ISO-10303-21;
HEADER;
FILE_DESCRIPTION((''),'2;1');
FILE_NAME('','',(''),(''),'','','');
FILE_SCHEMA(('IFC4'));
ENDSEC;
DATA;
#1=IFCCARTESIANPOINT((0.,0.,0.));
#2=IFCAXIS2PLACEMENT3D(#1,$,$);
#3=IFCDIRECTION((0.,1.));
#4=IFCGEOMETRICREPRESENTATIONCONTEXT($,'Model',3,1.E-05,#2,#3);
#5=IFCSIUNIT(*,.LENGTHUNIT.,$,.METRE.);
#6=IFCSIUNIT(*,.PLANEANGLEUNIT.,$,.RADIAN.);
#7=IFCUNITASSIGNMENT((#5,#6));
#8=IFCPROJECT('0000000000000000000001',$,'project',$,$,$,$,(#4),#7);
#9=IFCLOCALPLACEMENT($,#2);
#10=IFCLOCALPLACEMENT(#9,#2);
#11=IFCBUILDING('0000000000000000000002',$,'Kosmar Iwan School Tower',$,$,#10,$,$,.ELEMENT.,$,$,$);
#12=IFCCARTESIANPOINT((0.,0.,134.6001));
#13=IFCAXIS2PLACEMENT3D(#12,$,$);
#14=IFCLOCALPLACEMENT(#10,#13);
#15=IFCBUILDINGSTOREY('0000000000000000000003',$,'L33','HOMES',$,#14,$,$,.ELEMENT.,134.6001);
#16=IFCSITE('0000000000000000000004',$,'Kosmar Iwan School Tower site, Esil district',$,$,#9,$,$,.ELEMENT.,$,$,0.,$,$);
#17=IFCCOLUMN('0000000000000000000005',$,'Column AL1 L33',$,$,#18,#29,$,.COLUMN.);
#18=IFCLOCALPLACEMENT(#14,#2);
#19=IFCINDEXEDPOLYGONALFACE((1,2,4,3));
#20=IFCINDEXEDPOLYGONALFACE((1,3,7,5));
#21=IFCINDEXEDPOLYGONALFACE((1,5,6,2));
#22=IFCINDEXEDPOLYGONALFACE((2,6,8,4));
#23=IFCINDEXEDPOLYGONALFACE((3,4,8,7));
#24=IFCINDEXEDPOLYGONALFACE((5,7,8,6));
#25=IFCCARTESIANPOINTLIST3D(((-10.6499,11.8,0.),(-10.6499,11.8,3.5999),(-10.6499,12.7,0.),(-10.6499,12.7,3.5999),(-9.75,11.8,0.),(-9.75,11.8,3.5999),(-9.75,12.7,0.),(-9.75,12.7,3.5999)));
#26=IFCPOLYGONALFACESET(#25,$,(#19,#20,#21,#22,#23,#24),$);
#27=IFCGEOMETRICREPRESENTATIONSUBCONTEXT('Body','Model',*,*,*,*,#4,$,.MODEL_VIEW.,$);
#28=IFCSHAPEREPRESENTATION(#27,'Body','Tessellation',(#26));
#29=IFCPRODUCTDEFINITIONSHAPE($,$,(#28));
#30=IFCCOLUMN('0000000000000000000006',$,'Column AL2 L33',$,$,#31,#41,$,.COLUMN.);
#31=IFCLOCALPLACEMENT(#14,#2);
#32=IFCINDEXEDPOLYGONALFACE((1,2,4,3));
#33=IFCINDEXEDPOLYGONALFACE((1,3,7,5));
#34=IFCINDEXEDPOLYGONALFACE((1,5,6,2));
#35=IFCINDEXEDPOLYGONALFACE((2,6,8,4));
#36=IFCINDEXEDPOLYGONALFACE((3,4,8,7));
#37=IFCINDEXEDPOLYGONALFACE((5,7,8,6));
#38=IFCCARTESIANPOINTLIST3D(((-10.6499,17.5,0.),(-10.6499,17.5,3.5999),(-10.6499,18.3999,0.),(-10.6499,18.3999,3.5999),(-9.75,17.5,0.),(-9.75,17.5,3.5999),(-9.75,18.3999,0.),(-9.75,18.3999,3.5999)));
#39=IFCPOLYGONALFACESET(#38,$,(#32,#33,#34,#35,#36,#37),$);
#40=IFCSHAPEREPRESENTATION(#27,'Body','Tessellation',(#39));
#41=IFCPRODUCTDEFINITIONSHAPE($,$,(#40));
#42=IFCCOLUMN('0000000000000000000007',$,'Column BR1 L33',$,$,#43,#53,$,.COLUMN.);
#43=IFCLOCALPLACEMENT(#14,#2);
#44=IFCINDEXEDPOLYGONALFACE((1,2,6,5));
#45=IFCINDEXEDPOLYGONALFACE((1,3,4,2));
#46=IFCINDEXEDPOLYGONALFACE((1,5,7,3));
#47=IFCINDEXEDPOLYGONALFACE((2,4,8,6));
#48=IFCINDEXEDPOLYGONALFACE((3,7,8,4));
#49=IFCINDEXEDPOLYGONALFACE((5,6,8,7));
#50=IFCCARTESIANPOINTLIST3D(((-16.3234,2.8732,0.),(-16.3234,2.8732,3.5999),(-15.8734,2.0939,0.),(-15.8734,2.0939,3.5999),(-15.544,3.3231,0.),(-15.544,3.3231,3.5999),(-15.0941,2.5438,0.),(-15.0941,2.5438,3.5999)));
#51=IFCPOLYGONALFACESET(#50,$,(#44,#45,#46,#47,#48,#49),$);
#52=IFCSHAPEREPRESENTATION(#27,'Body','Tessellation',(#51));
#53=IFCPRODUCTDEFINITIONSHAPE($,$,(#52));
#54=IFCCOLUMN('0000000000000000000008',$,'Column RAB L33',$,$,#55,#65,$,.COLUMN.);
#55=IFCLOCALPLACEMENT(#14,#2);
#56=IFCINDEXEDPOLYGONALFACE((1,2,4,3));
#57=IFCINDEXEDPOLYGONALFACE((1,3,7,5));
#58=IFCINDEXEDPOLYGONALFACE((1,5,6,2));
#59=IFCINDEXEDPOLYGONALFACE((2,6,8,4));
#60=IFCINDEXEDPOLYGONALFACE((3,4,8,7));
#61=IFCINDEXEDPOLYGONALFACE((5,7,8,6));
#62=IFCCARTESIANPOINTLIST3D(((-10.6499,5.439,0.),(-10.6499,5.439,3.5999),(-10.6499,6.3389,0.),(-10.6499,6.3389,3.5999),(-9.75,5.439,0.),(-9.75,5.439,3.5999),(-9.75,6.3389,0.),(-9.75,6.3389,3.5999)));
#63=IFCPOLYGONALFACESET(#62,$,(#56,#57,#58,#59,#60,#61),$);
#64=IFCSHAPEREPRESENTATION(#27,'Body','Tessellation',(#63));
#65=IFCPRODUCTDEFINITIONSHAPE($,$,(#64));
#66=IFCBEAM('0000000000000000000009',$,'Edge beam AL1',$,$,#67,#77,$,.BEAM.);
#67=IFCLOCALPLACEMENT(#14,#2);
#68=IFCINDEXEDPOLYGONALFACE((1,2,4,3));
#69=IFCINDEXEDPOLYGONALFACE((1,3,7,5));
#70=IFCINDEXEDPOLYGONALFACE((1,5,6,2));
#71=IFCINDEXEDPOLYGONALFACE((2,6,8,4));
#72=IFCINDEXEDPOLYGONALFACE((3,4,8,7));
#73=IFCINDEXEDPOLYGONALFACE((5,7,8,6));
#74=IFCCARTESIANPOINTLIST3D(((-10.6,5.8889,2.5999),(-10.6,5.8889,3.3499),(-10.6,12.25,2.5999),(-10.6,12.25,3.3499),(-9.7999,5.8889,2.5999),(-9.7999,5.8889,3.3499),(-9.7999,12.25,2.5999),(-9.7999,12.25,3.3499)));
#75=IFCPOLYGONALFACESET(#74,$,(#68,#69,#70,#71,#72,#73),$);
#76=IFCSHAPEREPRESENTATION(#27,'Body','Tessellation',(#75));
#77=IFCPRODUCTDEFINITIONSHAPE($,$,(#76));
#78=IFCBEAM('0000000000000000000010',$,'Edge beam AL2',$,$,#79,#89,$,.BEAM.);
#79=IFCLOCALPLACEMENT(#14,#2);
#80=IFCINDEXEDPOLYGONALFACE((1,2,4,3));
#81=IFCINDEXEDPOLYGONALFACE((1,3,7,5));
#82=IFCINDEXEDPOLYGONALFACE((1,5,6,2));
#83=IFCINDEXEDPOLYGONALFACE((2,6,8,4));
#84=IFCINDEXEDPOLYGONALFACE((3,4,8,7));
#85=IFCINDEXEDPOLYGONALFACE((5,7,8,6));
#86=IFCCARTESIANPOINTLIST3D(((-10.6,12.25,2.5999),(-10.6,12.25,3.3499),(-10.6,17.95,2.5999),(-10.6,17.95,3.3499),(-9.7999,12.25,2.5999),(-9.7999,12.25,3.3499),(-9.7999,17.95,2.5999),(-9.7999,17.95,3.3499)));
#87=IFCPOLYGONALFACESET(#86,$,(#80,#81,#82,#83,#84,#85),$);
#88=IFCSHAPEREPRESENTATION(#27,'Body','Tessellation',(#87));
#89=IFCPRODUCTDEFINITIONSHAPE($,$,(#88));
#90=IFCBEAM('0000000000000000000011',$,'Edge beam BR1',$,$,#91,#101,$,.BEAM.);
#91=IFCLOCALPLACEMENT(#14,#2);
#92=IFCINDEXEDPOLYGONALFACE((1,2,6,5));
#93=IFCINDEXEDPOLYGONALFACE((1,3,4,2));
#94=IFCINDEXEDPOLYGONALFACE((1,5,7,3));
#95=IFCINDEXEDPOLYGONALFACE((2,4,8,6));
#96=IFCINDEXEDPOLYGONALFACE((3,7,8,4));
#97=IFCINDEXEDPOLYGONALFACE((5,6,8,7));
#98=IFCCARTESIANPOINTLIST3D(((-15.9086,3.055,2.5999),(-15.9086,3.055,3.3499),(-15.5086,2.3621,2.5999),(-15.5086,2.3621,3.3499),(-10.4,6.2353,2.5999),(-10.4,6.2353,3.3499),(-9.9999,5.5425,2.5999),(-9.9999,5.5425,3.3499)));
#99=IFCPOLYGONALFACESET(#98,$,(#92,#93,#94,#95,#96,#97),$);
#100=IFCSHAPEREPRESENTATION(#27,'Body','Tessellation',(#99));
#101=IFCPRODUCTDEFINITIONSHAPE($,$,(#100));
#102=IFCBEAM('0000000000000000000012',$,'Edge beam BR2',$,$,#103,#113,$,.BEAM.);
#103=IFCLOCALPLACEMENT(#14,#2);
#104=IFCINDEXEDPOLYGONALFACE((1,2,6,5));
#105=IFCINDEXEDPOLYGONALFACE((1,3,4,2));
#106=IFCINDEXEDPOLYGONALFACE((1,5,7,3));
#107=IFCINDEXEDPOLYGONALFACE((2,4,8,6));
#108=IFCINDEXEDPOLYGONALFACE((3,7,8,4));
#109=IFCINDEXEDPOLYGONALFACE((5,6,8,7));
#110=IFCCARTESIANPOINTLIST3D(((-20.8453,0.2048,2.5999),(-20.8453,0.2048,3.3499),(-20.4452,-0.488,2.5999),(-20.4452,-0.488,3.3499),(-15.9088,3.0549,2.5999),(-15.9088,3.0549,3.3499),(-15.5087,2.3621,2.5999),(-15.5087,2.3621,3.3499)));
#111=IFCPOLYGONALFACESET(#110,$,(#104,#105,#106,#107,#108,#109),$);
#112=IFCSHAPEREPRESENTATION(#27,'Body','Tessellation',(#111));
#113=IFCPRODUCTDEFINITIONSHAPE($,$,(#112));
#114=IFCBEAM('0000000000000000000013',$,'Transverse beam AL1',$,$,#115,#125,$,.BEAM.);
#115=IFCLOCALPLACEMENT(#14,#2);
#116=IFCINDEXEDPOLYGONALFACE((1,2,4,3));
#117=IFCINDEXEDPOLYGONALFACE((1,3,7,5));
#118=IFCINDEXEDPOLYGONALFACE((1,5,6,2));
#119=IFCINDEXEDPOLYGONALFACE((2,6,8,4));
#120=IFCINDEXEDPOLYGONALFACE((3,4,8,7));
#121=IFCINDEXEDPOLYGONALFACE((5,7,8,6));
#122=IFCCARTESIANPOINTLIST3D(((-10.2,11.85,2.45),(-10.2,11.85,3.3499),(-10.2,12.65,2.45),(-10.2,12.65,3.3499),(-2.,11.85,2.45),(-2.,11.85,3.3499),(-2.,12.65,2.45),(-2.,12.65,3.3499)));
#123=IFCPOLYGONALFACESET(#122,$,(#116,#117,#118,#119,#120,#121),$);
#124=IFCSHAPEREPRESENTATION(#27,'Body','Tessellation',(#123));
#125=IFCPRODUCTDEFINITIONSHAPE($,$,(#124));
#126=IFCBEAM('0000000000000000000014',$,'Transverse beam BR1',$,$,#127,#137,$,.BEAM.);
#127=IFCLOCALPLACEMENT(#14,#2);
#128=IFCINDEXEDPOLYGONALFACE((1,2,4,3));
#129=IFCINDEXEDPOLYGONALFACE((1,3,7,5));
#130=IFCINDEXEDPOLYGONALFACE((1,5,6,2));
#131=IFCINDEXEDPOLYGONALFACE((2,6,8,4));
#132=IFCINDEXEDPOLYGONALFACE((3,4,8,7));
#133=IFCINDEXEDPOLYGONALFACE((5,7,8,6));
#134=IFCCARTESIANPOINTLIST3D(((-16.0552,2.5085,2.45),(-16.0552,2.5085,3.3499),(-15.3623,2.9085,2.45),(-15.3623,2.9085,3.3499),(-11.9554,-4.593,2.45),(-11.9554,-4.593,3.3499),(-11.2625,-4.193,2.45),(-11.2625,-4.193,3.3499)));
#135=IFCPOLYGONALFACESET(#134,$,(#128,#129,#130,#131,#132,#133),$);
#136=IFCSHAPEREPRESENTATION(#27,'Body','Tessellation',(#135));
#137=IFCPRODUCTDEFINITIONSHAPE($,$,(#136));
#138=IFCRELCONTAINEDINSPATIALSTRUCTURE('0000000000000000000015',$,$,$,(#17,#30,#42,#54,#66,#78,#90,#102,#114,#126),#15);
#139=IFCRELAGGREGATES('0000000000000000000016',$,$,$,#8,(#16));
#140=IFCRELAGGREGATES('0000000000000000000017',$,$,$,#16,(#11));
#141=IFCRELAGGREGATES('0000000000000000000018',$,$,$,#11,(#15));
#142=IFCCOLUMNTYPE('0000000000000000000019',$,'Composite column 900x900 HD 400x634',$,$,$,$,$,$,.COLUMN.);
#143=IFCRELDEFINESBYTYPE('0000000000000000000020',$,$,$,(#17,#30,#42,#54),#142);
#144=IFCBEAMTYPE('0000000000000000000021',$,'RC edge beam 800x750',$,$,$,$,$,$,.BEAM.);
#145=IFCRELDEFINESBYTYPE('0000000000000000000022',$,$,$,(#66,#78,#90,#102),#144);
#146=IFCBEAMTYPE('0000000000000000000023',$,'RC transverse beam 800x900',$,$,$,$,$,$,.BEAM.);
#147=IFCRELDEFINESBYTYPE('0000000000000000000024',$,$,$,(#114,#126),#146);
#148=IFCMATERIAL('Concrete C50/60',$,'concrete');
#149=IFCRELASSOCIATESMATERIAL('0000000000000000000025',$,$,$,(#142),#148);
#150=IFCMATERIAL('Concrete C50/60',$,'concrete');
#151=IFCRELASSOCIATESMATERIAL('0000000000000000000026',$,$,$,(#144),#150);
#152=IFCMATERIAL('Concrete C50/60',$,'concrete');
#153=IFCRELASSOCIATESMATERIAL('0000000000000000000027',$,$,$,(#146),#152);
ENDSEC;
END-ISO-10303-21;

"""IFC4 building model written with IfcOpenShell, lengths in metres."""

from ifc_helpers import new_model, si_unit, direction, frame, origin, origin_2d, place, context, subcontext, project, spatial, rectangle, extrude, material, material_profile, profile_set, type_object, element, save


model = new_model("IFC4")

# Units and contexts
model_context = context("Model", 3, precision=1e-05, world=origin(), true_north=direction((0.0, 1.0)))
body_context = subcontext(model_context, "Body", "Model", "MODEL_VIEW")
ifc_project = project(units=[si_unit("LENGTHUNIT", "METRE"), si_unit("PLANEANGLEUNIT", "RADIAN")], contexts=[model_context])

# Site, building, storey
site_placement = place(None, origin())
site = spatial("IfcSite", under=ifc_project, at=site_placement, Name="Kosmar Iwan School Tower site, Esil district", CompositionType="ELEMENT", RefElevation=0.0)
building_placement = place(site_placement, origin())
building = spatial("IfcBuilding", under=site, at=building_placement, Name="Kosmar Iwan School Tower", CompositionType="ELEMENT")
storey_placement = place(building_placement, frame((0.0, 0.0, 134.6001)))
storey = spatial("IfcBuildingStorey", under=building, at=storey_placement, Name="L33", Description="HOMES", CompositionType="ELEMENT", Elevation=134.6001)

# Columns
ifc_material_1 = material(Name="Concrete C50/60", Category="concrete")
ifc_material_profile_1 = material_profile(ifc_material_1, rectangle(XDim=0.8999, YDim=0.8999, at=origin_2d()), Name="RC 900x900 + HD 400x634")
ifc_profile_set_1 = profile_set([ifc_material_profile_1], Name="Concrete C50/60")
column_type = type_object("IfcColumnType", Name="Composite column 900x900 HD 400x634", PredefinedType="COLUMN", material=ifc_profile_set_1)
for number, where, z_axis, x_axis, name in (
    (1, (-10.2, 12.25, 0.0), (0.0, 0.0, 1.0), (0.0, 1.0, 0.0), "Column AL1 L33"),
    (2, (-10.2, 17.95, 0.0), (0.0, 0.0, 1.0), (0.0, 1.0, 0.0), "Column AL2 L33"),
    (3, (-15.7087, 2.7085, 0.0), (0.0, 0.0, 1.0), (-0.866025, -0.5, 0.0), "Column BR1 L33"),
    (4, (-10.2, 5.8889, 0.0), (0.0, 0.0, 1.0), (1.0, 0.0, 0.0), "Column RAB L33"),
):
    element("IfcColumn", number, at=place(storey_placement, frame(where, z_axis=z_axis, x_axis=x_axis)), inside=storey, type_object=column_type, Name=name, PredefinedType="COLUMN", context=body_context, shape_type="SweptSolid", body=[
        extrude(rectangle(XDim=0.8999, YDim=0.8999, at=origin_2d()), origin(), (0.0, 0.0, 1.0), 3.5999),
    ])

# Beams
ifc_material_2 = material(Name="Concrete C50/60", Category="concrete")
ifc_material_profile_2 = material_profile(ifc_material_2, rectangle(XDim=0.8, YDim=0.75, at=origin_2d()), Name="RC 800x750")
ifc_profile_set_2 = profile_set([ifc_material_profile_2], Name="Concrete C50/60")
beam_type_1 = type_object("IfcBeamType", Name="RC edge beam 800x750", PredefinedType="BEAM", material=ifc_profile_set_2)
beam_1_placement = place(storey_placement, frame((-10.2, 5.8889, 2.9749), z_axis=(0.0, 1.0, 0.0), x_axis=(-1.0, 0.0, 0.0)))
element("IfcBeam", 5, at=beam_1_placement, inside=storey, type_object=beam_type_1, Name="Edge beam AL1", PredefinedType="BEAM", context=body_context, shape_type="SweptSolid", body=[
    extrude(rectangle(XDim=0.8, YDim=0.75, at=origin_2d()), origin(), (0.0, 0.0, 1.0), 6.3611),
])
beam_2_placement = place(storey_placement, frame((-10.2, 12.25, 2.9749), z_axis=(0.0, 1.0, 0.0), x_axis=(-1.0, 0.0, 0.0)))
element("IfcBeam", 6, at=beam_2_placement, inside=storey, type_object=beam_type_1, Name="Edge beam AL2", PredefinedType="BEAM", context=body_context, shape_type="SweptSolid", body=[
    extrude(rectangle(XDim=0.8, YDim=0.75, at=origin_2d()), origin(), (0.0, 0.0, 1.0), 5.7),
])
beam_3_placement = place(storey_placement, frame((-10.2, 5.8889, 2.9749), z_axis=(-0.866031, -0.49999, 0.0), x_axis=(0.49999, -0.866031, 0.0)))
element("IfcBeam", 7, at=beam_3_placement, inside=storey, type_object=beam_type_1, Name="Edge beam BR1", PredefinedType="BEAM", context=body_context, shape_type="SweptSolid", body=[
    extrude(rectangle(XDim=0.8, YDim=0.75, at=origin_2d()), origin(), (0.0, 0.0, 1.0), 6.3608),
])
beam_4_placement = place(storey_placement, frame((-15.7087, 2.7085, 2.9749), z_axis=(-0.866026, -0.499999, 0.0), x_axis=(0.499999, -0.866026, 0.0)))
element("IfcBeam", 8, at=beam_4_placement, inside=storey, type_object=beam_type_1, Name="Edge beam BR2", PredefinedType="BEAM", context=body_context, shape_type="SweptSolid", body=[
    extrude(rectangle(XDim=0.8, YDim=0.75, at=origin_2d()), origin(), (0.0, 0.0, 1.0), 5.7002),
])
ifc_material_3 = material(Name="Concrete C50/60", Category="concrete")
ifc_material_profile_3 = material_profile(ifc_material_3, rectangle(XDim=0.8, YDim=0.8999, at=origin_2d()), Name="RC 800x900")
ifc_profile_set_3 = profile_set([ifc_material_profile_3], Name="Concrete C50/60")
beam_type_2 = type_object("IfcBeamType", Name="RC transverse beam 800x900", PredefinedType="BEAM", material=ifc_profile_set_3)
for number, where, z_axis, x_axis, name in (
    (9, (-10.2, 12.25, 2.8999), (1.0, 0.0, 0.0), (0.0, 1.0, 0.0), "Transverse beam AL1"),
    (10, (-15.7087, 2.7085, 2.8999), (0.499978, -0.866038, 0.0), (0.866038, 0.499978, 0.0), "Transverse beam BR1"),
):
    element("IfcBeam", number, at=place(storey_placement, frame(where, z_axis=z_axis, x_axis=x_axis)), inside=storey, type_object=beam_type_2, Name=name, PredefinedType="BEAM", context=body_context, shape_type="SweptSolid", body=[
        extrude(rectangle(XDim=0.8, YDim=0.8999, at=origin_2d()), origin(), (0.0, 0.0, 1.0), 8.2),
    ])

save(model, "model.ifc")
